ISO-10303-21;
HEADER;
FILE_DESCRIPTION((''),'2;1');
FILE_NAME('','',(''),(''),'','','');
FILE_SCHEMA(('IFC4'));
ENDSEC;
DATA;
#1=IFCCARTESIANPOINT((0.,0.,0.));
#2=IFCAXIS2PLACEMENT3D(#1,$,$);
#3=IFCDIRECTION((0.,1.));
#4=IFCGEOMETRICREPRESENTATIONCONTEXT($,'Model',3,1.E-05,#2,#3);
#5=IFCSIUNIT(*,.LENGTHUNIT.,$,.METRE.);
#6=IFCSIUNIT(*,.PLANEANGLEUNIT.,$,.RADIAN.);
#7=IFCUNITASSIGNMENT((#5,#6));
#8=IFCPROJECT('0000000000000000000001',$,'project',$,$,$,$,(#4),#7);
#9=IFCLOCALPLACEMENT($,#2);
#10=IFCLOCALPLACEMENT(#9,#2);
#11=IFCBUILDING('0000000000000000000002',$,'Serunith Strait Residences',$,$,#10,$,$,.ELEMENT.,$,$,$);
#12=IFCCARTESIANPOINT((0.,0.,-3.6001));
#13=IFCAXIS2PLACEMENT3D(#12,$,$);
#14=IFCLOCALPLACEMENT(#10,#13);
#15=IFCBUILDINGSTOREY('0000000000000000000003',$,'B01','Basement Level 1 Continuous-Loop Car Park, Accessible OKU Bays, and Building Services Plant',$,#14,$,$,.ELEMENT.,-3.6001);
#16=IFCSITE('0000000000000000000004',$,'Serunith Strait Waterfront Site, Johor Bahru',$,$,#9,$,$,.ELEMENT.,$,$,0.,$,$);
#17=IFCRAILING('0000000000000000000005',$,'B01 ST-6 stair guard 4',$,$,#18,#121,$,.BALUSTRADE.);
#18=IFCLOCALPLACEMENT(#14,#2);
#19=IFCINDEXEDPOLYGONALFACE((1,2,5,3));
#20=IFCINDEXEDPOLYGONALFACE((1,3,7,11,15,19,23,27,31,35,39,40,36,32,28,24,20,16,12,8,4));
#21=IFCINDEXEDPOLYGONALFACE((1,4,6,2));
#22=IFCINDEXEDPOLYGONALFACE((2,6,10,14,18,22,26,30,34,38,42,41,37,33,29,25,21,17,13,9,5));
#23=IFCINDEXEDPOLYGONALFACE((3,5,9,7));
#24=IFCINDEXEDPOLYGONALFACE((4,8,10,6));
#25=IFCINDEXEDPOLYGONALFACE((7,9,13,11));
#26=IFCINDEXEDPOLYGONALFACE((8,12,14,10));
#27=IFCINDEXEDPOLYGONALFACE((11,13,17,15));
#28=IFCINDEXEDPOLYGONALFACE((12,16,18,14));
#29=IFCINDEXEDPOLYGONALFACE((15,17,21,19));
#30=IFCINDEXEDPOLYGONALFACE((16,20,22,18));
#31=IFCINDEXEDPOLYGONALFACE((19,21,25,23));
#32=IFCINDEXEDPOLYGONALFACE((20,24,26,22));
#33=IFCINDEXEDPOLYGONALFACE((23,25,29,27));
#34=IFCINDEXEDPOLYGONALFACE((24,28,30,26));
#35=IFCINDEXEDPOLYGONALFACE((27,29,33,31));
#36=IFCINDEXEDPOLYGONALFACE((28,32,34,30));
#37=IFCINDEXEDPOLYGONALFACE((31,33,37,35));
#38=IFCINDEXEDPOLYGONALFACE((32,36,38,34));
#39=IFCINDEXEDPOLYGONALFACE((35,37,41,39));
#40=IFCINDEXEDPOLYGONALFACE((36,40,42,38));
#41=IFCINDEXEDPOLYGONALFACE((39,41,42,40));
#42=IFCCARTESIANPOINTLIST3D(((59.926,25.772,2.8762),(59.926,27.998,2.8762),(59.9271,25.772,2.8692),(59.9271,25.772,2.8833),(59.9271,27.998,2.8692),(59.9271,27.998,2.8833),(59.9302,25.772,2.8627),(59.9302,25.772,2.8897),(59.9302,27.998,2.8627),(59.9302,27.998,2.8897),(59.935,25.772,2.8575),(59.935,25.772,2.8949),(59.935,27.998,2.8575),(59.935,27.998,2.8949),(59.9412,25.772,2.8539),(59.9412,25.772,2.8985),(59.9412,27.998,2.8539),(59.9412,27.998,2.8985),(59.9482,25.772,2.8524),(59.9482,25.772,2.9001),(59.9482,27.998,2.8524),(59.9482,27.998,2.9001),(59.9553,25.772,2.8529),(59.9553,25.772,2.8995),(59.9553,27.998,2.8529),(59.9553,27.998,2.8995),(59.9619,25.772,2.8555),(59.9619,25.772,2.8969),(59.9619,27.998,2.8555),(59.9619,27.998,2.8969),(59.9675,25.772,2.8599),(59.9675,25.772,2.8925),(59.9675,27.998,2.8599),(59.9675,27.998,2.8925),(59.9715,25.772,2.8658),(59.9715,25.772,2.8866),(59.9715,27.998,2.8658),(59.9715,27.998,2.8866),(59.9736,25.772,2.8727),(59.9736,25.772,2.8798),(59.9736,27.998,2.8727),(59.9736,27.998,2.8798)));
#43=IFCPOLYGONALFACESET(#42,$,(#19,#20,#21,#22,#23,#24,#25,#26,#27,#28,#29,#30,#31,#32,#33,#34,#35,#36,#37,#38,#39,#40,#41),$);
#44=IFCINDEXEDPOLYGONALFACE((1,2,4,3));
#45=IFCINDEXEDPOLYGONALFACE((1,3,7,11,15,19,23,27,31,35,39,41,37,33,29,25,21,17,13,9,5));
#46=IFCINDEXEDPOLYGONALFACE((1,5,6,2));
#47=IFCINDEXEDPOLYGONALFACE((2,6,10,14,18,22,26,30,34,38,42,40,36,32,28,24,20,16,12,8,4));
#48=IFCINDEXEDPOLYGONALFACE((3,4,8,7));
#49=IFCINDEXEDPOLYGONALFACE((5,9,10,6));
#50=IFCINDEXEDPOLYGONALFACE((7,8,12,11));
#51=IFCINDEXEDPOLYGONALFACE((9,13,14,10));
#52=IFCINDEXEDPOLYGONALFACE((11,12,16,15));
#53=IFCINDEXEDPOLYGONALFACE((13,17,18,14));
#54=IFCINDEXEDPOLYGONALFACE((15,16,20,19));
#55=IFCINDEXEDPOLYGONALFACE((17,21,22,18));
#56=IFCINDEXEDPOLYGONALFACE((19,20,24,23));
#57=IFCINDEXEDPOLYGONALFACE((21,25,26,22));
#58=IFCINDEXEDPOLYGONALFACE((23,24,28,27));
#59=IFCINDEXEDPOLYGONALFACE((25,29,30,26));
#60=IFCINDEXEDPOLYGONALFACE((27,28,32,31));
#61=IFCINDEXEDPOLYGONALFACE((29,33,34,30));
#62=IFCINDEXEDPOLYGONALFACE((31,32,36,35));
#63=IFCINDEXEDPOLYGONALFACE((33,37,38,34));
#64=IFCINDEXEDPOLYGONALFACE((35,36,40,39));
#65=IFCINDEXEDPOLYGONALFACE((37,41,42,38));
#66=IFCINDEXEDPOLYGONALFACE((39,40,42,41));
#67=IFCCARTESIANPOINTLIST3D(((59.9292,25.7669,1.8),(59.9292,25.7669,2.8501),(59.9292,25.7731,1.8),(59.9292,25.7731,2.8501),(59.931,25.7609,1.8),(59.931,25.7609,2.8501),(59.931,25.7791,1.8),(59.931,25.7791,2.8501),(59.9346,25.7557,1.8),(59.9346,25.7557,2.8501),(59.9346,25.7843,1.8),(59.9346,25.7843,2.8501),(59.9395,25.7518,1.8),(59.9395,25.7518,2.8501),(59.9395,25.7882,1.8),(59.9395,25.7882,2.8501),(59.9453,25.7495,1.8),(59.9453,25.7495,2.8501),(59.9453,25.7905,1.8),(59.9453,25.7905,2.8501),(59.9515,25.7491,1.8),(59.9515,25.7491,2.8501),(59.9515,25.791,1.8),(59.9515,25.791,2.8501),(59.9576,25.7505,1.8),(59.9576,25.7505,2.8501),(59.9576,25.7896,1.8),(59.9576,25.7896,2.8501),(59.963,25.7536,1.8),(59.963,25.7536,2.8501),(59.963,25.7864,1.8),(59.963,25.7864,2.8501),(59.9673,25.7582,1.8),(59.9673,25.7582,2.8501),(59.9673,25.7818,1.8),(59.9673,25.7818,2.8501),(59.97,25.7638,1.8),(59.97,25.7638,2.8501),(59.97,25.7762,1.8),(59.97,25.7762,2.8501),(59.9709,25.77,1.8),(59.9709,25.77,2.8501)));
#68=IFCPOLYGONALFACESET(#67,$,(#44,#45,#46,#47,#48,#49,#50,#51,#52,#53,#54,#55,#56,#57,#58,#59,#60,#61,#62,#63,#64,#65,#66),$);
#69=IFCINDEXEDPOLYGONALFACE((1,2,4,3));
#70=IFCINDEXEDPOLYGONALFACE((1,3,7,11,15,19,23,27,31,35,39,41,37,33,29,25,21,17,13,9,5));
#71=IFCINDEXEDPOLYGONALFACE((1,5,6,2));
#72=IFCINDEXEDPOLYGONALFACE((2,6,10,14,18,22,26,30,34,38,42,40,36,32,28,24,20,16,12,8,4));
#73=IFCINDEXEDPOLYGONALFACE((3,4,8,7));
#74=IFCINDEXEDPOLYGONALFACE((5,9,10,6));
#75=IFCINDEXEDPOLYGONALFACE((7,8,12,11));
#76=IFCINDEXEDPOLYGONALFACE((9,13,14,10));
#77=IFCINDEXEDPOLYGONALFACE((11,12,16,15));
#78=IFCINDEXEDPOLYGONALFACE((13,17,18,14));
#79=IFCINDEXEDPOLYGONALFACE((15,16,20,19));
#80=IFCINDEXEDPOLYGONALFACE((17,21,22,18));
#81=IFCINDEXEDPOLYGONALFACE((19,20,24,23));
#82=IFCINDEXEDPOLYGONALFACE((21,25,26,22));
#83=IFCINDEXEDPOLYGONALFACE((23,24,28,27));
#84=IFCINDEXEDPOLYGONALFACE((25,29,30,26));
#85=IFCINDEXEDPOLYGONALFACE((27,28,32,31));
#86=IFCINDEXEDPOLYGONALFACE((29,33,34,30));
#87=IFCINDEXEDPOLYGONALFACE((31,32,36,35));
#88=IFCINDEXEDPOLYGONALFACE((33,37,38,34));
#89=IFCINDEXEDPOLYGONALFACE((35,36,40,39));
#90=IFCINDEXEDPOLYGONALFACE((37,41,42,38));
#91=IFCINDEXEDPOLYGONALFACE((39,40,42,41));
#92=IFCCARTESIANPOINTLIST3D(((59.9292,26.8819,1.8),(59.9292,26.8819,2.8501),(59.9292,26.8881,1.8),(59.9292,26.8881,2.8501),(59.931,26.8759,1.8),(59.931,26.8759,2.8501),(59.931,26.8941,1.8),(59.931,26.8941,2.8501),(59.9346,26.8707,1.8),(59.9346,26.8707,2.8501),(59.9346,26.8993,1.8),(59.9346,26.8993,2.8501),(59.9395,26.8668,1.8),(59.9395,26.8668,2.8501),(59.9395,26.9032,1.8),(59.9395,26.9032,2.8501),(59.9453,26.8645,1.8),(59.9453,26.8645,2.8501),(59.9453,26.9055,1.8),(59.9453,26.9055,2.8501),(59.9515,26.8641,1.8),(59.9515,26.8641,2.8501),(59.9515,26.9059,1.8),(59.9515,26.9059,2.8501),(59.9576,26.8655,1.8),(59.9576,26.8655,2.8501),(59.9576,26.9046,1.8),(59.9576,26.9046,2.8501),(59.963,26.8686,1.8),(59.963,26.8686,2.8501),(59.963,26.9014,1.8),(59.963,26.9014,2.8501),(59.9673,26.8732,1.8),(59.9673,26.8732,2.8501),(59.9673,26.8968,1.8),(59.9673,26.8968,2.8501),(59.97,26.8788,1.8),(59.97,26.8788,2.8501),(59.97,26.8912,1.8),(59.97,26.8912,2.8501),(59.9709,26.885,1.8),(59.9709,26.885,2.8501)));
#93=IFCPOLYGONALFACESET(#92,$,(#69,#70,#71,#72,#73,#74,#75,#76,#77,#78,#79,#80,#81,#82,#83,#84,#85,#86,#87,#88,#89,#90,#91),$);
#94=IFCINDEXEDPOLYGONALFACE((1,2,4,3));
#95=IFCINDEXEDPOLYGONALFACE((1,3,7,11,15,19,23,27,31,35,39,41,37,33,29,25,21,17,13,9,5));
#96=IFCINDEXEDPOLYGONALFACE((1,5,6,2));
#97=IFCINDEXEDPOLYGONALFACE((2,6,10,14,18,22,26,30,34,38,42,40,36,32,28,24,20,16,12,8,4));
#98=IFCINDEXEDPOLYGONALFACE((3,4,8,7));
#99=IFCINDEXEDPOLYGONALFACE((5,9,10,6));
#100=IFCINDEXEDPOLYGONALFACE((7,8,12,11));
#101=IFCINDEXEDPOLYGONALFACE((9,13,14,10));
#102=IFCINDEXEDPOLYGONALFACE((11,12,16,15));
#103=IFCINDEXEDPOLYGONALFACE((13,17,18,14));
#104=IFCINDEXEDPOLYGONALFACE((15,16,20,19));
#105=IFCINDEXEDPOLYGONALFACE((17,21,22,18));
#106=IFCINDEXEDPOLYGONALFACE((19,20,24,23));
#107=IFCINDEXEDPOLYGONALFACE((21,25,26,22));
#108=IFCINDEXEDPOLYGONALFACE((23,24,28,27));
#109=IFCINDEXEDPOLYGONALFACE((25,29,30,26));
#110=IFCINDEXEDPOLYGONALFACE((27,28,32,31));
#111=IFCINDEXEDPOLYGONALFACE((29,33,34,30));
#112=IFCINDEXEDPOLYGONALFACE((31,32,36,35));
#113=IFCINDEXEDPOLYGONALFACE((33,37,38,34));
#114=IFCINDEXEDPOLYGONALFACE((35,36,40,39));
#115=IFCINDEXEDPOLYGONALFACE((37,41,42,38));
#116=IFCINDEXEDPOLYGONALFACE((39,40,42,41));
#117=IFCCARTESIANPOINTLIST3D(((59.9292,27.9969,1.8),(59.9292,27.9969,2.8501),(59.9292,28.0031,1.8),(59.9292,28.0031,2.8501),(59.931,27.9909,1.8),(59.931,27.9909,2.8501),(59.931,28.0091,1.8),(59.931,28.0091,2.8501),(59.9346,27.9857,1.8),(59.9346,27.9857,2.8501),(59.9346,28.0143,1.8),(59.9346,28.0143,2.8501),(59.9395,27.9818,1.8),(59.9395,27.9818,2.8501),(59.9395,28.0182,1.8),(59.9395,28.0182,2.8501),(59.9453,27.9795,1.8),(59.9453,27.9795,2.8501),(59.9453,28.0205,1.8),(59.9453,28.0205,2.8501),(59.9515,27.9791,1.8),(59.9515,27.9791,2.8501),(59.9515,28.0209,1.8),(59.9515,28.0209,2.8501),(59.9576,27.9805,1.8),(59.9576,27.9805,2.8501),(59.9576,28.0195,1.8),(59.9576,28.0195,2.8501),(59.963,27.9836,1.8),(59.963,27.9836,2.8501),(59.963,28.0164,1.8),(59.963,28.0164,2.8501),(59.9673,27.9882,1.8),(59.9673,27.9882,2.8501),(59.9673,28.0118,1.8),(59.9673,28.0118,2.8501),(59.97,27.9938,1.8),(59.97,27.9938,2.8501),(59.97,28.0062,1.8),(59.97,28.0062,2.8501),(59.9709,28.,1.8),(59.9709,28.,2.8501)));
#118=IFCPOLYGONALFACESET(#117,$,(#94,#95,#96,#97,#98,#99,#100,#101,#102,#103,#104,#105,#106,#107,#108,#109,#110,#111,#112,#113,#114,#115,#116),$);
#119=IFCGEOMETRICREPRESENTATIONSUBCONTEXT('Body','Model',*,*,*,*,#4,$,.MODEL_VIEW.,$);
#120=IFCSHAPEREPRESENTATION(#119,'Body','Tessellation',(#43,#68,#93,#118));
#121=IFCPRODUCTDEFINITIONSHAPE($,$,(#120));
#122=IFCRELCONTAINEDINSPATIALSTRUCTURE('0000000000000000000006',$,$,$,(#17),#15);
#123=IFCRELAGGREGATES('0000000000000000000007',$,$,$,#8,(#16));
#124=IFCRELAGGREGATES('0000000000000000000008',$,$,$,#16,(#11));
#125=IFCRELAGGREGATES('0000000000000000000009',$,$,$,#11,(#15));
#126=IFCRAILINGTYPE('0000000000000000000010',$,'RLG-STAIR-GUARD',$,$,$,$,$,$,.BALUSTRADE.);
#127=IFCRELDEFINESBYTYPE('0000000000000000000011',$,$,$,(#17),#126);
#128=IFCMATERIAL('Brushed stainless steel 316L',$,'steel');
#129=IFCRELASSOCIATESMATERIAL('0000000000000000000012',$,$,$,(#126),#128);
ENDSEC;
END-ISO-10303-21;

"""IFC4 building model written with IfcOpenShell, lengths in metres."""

from ifc_helpers import new_model, si_unit, direction, frame, origin, origin_2d, place, context, subcontext, project, spatial, circle, extrude, material, type_object, element, save


model = new_model("IFC4")

# Units and contexts
model_context = context("Model", 3, precision=1e-05, world=origin(), true_north=direction((0.0, 1.0)))
body_context = subcontext(model_context, "Body", "Model", "MODEL_VIEW")
ifc_project = project(units=[si_unit("LENGTHUNIT", "METRE"), si_unit("PLANEANGLEUNIT", "RADIAN")], contexts=[model_context])

# Site, building, storey
site_placement = place(None, origin())
site = spatial("IfcSite", under=ifc_project, at=site_placement, Name="Serunith Strait Waterfront Site, Johor Bahru", CompositionType="ELEMENT", RefElevation=0.0)
building_placement = place(site_placement, origin())
building = spatial("IfcBuilding", under=site, at=building_placement, Name="Serunith Strait Residences", CompositionType="ELEMENT")
storey_placement = place(building_placement, frame((0.0, 0.0, -3.6001)))
storey = spatial("IfcBuildingStorey", under=building, at=storey_placement, Name="B01", Description="Basement Level 1 Continuous-Loop Car Park, Accessible OKU Bays, and Building Services Plant", CompositionType="ELEMENT", Elevation=-3.6001)

# Railing
ifc_material_1 = material(Name="Brushed stainless steel 316L", Category="steel")
railing_type_1 = type_object("IfcRailingType", Name="RLG-STAIR-GUARD", PredefinedType="BALUSTRADE", material=ifc_material_1)
for number, where, name in (
    (1, (59.95, 25.77, 1.8), "B01 ST-6 stair guard 4"),
):
    element("IfcRailing", number, at=place(storey_placement, frame(where)), inside=storey, type_object=railing_type_1, Name=name, PredefinedType="BALUSTRADE", context=body_context, shape_type="SweptSolid", body=[
        extrude(circle(Radius=0.0239, at=origin_2d()), frame((0.0, 0.002, 1.0762), z_axis=(0.0, 1.0, 0.0), x_axis=(-1.0, 0.0, 0.0)), (0.0, 0.0, 1.0), 2.2261),
        extrude(circle(Radius=0.021, at=origin_2d()), origin(), (0.0, 0.0, 1.0), 1.05),
        extrude(circle(Radius=0.021, at=origin_2d()), frame((0.0, 1.115, 0.0)), (0.0, 0.0, 1.0), 1.05),
        extrude(circle(Radius=0.021, at=origin_2d()), frame((0.0, 2.23, 0.0)), (0.0, 0.0, 1.0), 1.05),
    ])

save(model, "model.ifc")
